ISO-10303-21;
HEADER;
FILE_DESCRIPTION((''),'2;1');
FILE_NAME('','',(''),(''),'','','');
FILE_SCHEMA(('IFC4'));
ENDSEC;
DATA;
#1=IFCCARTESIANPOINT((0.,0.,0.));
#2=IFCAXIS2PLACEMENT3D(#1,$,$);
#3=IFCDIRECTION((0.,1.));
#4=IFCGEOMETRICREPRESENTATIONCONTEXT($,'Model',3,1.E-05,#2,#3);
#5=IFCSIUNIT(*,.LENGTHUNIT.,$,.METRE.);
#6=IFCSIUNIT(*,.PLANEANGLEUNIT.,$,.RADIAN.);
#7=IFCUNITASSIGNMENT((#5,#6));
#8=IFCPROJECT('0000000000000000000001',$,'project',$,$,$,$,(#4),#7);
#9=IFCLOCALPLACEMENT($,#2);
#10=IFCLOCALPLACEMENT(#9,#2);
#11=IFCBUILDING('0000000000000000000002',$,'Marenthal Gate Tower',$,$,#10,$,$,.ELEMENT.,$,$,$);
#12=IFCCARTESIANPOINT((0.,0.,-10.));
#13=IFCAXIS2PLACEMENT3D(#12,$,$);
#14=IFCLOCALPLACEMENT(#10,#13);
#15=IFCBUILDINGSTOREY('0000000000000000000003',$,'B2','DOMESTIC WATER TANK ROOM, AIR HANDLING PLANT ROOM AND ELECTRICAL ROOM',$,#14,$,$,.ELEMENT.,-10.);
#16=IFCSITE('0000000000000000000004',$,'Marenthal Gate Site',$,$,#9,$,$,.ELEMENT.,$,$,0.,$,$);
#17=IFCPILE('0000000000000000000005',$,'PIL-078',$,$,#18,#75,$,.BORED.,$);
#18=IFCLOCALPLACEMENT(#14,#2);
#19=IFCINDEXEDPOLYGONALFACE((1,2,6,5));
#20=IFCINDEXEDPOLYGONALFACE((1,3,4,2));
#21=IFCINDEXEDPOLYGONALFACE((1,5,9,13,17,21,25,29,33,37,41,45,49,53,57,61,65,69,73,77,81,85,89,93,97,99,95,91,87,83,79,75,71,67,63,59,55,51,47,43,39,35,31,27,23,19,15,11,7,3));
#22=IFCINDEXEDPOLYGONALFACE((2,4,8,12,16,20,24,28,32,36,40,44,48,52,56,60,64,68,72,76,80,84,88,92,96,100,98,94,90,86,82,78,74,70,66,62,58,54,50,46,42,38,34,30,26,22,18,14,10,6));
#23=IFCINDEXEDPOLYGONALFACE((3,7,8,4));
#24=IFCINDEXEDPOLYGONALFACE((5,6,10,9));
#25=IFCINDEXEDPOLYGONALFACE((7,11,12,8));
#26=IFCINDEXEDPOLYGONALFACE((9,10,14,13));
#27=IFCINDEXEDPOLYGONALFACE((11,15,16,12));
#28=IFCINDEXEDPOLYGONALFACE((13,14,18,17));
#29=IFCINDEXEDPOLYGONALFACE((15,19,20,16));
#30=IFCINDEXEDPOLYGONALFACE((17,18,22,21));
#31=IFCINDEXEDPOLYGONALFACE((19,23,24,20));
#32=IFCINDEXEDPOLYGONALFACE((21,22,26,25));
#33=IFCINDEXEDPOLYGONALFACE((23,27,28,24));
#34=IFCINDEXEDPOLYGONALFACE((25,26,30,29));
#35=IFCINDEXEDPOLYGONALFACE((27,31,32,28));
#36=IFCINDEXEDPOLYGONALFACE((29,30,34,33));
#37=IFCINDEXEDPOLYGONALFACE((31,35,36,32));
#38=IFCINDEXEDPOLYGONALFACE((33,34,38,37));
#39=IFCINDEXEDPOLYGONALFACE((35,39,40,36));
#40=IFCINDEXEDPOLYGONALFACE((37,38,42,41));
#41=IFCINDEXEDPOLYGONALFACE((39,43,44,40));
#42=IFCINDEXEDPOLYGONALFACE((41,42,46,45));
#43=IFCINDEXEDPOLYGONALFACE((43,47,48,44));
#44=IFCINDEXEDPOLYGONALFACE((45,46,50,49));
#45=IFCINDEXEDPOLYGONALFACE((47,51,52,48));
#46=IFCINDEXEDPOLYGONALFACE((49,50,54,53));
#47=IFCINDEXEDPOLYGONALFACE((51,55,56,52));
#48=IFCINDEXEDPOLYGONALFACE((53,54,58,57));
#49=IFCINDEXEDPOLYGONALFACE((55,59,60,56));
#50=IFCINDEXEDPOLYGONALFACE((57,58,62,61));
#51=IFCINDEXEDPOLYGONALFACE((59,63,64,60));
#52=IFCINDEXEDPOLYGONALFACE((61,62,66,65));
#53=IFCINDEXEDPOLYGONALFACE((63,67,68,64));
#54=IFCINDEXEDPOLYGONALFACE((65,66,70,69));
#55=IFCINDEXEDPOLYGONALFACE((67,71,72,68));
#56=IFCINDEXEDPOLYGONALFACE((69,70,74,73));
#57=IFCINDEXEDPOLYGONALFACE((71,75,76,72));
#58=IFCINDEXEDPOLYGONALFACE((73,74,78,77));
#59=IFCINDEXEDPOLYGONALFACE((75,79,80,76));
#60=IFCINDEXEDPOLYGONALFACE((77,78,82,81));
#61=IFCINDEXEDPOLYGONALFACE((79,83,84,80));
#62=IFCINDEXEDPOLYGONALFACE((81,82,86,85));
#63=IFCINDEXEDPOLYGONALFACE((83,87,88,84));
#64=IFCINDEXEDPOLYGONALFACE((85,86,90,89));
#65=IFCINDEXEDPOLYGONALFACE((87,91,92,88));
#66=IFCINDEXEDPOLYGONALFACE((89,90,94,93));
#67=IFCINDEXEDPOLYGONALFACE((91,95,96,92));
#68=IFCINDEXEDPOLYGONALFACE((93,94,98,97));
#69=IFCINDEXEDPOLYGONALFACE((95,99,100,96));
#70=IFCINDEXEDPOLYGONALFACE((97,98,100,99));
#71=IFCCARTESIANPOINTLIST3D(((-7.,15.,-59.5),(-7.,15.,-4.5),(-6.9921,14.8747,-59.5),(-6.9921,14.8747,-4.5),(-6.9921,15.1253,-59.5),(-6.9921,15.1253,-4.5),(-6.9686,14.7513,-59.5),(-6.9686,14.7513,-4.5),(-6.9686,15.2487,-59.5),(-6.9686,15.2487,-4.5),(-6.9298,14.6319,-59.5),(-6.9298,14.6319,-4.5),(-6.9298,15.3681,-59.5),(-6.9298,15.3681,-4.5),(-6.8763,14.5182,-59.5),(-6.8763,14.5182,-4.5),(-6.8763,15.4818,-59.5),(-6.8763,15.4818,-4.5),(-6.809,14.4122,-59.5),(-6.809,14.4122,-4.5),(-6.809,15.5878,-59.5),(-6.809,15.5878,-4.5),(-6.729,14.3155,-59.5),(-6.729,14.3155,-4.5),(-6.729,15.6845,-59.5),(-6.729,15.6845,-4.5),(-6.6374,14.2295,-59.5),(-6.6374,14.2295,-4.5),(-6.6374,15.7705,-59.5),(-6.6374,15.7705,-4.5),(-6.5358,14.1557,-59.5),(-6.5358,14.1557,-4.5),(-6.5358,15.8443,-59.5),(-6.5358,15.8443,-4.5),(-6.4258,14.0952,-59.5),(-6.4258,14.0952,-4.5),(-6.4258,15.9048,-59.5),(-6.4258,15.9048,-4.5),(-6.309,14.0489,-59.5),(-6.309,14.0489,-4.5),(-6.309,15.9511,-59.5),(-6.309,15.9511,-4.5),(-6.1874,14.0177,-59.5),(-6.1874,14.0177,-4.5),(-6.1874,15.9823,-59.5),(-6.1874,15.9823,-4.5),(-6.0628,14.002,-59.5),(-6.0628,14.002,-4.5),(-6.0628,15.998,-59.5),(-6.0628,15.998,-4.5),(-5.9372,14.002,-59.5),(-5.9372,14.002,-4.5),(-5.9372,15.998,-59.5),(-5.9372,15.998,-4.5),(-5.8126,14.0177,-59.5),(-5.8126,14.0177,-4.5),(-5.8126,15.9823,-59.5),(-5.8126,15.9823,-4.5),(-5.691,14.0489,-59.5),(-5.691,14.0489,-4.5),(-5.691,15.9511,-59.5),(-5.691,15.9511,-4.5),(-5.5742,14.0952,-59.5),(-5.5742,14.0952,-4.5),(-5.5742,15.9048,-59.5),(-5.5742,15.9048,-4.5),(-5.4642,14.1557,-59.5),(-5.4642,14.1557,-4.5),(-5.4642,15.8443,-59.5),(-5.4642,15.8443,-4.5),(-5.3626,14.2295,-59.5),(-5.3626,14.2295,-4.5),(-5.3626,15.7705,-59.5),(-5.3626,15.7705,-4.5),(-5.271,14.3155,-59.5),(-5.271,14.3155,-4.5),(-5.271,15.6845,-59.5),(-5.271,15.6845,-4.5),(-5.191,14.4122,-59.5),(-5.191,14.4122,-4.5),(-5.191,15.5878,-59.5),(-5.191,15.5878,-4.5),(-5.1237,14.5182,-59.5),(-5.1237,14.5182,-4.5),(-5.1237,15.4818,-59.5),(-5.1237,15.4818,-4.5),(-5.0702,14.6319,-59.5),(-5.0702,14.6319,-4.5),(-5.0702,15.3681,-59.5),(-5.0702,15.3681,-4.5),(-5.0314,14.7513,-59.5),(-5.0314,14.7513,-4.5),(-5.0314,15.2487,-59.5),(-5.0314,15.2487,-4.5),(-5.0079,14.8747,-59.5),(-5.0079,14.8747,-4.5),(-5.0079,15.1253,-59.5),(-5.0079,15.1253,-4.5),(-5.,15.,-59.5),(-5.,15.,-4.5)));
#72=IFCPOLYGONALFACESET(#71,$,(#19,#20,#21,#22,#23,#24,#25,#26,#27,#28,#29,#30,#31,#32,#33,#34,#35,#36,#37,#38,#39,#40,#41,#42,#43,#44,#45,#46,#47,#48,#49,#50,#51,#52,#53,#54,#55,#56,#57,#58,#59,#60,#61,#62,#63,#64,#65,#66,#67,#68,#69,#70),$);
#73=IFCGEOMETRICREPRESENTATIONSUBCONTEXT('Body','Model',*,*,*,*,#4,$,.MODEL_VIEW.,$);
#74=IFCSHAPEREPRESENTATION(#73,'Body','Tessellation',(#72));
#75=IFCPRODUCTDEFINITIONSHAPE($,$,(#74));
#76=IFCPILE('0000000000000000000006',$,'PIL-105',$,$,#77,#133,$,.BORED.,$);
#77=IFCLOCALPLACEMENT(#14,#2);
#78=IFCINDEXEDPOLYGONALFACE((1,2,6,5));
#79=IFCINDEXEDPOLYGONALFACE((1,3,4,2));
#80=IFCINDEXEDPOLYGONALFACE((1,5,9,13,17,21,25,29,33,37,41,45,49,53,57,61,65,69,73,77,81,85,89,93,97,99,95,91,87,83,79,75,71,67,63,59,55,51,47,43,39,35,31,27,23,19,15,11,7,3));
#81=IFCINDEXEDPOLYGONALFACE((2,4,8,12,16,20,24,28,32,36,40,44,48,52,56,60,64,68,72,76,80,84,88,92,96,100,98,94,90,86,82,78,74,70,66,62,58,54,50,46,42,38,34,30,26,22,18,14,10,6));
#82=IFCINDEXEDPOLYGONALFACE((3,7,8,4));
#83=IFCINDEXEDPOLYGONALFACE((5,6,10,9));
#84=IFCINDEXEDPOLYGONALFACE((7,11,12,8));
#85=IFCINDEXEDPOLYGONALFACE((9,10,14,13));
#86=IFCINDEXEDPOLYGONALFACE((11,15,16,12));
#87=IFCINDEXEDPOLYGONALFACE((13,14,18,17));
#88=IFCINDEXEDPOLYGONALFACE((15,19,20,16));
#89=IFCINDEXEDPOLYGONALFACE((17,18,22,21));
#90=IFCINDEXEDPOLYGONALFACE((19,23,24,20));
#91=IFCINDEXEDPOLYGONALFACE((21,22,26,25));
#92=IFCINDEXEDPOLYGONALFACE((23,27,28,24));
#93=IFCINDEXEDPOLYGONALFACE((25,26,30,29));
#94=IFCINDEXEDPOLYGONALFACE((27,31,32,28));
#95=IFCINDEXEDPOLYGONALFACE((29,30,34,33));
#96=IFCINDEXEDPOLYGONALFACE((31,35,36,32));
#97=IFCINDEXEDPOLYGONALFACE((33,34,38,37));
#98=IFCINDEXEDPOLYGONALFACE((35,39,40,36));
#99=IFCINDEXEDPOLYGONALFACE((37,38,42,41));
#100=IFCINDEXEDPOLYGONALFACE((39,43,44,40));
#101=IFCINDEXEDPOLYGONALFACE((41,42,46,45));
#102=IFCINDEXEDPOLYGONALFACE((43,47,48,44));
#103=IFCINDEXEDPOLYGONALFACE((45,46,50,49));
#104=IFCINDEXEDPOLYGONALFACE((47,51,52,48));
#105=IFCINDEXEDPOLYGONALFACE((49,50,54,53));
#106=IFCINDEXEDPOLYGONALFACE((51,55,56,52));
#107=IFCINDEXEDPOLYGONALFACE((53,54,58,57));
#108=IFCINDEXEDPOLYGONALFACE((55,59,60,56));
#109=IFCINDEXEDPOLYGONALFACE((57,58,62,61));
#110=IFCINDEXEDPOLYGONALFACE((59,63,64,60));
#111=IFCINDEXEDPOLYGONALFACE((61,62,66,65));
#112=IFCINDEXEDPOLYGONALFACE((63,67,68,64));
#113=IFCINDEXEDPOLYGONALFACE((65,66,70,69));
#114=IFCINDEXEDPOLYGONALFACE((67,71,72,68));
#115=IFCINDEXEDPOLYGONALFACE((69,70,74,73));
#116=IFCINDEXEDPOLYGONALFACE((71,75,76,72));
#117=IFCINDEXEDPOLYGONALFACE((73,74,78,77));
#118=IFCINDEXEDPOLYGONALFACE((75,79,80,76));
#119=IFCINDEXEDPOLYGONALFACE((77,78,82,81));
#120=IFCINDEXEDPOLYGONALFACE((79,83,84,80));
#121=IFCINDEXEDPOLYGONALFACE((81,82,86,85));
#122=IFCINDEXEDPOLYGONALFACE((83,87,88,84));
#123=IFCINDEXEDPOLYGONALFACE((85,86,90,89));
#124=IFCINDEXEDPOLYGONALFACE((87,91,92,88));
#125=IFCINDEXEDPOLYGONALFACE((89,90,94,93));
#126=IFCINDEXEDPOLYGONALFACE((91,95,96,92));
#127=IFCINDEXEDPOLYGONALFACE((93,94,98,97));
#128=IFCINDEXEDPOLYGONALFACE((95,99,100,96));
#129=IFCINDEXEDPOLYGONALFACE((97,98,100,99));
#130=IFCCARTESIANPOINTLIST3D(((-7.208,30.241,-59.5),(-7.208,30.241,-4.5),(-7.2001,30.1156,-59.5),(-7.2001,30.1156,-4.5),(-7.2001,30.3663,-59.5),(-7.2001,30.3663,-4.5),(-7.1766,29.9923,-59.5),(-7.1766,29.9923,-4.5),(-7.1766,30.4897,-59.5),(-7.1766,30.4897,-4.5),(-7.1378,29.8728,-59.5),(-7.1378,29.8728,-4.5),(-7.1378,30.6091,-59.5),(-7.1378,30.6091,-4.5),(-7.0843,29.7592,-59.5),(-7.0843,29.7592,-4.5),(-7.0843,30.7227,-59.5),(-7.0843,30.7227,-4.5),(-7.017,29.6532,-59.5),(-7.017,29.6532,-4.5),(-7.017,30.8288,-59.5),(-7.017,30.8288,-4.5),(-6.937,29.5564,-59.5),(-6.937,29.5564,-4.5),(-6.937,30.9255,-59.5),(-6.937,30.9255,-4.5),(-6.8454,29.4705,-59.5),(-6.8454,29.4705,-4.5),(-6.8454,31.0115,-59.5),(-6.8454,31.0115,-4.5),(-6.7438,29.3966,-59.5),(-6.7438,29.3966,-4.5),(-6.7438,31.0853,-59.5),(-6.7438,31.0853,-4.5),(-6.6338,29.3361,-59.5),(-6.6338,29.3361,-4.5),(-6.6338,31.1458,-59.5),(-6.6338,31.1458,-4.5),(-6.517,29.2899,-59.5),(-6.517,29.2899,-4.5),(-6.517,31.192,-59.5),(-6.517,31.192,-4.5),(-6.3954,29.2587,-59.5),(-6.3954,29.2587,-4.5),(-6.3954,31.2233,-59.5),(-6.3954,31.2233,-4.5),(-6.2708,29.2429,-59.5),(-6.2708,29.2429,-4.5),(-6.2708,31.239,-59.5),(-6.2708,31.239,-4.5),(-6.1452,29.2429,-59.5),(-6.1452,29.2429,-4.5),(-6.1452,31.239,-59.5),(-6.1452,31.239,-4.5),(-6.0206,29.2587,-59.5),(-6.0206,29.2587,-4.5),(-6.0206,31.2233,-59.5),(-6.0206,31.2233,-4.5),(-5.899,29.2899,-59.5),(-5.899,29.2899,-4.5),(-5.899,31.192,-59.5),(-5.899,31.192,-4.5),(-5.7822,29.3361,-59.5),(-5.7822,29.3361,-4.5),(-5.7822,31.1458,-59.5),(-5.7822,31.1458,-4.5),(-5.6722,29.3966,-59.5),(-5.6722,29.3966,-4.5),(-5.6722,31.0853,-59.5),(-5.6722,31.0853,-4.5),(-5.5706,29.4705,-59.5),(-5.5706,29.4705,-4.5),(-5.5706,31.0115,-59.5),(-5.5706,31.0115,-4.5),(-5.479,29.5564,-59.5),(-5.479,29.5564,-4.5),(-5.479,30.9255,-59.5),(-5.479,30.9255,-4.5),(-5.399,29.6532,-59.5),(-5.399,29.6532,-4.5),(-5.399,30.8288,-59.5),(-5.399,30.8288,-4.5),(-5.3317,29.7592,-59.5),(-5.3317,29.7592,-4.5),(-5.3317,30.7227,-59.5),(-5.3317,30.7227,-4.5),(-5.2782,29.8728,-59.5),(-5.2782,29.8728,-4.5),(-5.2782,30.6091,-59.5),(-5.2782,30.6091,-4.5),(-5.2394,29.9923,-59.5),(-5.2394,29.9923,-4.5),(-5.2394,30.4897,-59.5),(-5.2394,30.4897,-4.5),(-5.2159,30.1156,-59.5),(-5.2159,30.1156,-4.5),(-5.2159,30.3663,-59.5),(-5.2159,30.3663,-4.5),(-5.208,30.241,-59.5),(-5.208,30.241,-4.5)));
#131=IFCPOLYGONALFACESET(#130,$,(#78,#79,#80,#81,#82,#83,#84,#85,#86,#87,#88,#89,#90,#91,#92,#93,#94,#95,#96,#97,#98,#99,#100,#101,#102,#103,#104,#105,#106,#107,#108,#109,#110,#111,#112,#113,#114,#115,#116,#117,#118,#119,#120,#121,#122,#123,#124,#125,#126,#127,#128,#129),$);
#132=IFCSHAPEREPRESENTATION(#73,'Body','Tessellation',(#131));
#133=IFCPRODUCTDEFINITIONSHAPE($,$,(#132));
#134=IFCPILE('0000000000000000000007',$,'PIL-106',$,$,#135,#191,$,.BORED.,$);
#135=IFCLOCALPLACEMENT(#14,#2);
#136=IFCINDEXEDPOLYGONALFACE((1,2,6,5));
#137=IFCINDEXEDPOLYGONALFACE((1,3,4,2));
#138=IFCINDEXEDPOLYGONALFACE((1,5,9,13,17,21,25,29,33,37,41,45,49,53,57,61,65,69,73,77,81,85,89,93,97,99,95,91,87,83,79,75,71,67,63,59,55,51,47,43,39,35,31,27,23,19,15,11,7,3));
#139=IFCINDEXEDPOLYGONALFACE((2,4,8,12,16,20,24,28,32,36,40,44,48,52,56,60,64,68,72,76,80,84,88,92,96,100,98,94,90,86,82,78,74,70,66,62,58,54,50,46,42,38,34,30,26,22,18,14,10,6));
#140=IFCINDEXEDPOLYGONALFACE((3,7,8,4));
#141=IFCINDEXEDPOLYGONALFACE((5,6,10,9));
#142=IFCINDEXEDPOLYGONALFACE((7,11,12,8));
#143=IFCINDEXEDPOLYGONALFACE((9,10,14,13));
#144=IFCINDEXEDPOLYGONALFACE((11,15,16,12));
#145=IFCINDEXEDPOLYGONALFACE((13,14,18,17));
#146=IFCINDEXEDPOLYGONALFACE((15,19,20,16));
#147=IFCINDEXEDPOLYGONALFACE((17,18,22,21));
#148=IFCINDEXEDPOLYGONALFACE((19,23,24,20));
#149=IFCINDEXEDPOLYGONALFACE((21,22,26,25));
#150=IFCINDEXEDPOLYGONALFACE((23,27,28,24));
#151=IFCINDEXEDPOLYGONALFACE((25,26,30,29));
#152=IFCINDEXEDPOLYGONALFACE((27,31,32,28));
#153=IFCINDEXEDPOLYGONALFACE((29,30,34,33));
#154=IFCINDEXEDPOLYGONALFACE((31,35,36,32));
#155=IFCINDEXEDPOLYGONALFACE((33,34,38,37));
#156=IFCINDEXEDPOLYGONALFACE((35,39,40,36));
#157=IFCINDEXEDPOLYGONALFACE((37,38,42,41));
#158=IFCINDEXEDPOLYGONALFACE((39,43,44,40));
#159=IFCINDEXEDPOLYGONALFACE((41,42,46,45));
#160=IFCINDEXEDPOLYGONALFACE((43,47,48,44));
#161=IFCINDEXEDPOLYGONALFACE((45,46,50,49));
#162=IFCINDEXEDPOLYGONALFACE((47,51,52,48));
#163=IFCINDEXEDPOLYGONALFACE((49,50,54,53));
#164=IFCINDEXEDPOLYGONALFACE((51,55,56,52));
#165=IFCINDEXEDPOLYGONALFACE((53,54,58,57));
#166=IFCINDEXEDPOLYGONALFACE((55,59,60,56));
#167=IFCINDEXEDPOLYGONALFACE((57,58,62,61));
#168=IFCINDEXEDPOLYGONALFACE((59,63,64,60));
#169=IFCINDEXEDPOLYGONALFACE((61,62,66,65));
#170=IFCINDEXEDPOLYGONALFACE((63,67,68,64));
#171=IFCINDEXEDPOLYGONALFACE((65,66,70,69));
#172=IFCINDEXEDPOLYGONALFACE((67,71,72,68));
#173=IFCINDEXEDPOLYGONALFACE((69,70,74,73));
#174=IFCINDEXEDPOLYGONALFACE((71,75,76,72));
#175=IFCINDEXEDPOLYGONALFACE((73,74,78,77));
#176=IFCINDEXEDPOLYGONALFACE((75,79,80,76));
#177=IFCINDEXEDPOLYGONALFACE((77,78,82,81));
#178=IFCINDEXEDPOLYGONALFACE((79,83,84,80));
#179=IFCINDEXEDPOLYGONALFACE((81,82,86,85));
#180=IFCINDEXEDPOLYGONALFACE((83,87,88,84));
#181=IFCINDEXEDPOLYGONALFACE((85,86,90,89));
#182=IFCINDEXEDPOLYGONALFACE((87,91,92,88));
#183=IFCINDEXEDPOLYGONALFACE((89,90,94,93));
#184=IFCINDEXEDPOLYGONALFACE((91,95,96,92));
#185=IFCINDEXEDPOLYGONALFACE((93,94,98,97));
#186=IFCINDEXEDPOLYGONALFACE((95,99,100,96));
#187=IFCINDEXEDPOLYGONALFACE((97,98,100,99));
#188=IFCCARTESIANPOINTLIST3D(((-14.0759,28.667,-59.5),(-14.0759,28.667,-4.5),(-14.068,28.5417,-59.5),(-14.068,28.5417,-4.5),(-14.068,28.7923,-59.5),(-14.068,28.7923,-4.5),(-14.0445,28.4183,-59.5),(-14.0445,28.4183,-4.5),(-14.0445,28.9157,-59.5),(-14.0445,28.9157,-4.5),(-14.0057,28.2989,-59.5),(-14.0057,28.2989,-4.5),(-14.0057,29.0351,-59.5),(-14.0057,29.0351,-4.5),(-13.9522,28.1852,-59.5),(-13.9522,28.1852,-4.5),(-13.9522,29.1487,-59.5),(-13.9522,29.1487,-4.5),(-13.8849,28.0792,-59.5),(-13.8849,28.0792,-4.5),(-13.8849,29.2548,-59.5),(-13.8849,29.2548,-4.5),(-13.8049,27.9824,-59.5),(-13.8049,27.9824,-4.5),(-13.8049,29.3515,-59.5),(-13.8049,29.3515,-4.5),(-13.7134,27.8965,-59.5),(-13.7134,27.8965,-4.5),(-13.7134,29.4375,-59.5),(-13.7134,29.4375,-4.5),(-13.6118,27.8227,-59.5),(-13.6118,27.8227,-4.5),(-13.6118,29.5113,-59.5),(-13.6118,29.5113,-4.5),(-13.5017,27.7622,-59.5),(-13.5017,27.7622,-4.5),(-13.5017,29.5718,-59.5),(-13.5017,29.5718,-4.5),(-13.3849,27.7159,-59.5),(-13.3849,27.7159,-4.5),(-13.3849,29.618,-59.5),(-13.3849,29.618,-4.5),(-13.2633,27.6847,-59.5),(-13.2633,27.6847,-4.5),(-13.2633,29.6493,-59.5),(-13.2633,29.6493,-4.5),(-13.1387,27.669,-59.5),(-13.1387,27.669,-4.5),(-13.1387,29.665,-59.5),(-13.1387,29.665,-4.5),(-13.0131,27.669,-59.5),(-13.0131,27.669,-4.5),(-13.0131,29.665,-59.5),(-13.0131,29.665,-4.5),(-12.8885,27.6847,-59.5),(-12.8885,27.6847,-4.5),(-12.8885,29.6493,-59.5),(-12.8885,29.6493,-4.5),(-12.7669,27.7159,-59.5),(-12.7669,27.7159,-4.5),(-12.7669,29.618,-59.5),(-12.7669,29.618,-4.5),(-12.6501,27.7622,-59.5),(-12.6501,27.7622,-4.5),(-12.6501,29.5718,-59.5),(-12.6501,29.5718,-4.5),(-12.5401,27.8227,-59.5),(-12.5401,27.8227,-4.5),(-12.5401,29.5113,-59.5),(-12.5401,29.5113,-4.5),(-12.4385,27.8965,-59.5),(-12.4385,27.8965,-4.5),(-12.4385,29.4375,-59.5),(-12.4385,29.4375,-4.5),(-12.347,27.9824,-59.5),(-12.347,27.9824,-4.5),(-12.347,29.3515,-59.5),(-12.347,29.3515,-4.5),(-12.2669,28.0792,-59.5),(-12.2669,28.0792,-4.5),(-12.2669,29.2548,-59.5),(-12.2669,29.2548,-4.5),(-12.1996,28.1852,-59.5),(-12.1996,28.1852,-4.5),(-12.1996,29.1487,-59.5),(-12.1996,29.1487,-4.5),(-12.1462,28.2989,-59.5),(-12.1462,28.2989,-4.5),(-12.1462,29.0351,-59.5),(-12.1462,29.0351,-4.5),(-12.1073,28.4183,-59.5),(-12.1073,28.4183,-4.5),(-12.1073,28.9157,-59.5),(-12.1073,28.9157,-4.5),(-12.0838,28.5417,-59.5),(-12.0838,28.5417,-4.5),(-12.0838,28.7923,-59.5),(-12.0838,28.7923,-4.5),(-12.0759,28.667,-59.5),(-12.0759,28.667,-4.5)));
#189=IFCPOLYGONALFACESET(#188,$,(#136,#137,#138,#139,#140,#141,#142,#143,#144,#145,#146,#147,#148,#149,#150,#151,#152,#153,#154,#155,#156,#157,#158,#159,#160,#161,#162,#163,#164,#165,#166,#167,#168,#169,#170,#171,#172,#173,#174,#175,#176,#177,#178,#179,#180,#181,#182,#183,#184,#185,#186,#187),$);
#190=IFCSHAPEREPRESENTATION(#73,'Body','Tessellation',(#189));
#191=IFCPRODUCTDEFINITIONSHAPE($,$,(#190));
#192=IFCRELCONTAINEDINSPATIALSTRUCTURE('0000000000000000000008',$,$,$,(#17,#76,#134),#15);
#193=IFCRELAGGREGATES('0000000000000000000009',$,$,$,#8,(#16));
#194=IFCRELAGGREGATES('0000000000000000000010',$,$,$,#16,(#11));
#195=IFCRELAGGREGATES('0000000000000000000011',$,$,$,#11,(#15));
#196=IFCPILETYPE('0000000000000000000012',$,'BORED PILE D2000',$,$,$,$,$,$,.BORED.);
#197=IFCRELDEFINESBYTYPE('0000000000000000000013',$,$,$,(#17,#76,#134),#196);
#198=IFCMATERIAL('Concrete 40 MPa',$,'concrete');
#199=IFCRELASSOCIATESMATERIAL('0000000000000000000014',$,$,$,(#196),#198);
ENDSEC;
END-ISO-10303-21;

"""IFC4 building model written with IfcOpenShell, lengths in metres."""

from ifc_helpers import new_model, si_unit, direction, frame, origin, origin_2d, place, context, subcontext, project, spatial, circle, extrude, material, type_object, element, save


model = new_model("IFC4")

# Units and contexts
model_context = context("Model", 3, precision=1e-05, world=origin(), true_north=direction((0.0, 1.0)))
body_context = subcontext(model_context, "Body", "Model", "MODEL_VIEW")
ifc_project = project(units=[si_unit("LENGTHUNIT", "METRE"), si_unit("PLANEANGLEUNIT", "RADIAN")], contexts=[model_context])

# Site, building, storey
site_placement = place(None, origin())
site = spatial("IfcSite", under=ifc_project, at=site_placement, Name="Marenthal Gate Site", CompositionType="ELEMENT", RefElevation=0.0)
building_placement = place(site_placement, origin())
building = spatial("IfcBuilding", under=site, at=building_placement, Name="Marenthal Gate Tower", CompositionType="ELEMENT")
storey_placement = place(building_placement, frame((0.0, 0.0, -10.0)))
storey = spatial("IfcBuildingStorey", under=building, at=storey_placement, Name="B2", Description="DOMESTIC WATER TANK ROOM, AIR HANDLING PLANT ROOM AND ELECTRICAL ROOM", CompositionType="ELEMENT", Elevation=-10.0)

# Piles
ifc_material_1 = material(Name="Concrete 40 MPa", Category="concrete")
pile_type = type_object("IfcPileType", Name="BORED PILE D2000", PredefinedType="BORED", material=ifc_material_1)
for number, where, z_axis, x_axis, name in (
    (1, (-6.0, 15.0, -4.5), (0.0, 0.0, -1.0), (1.0, 0.0, 0.0), "PIL-078"),
    (2, (-6.208, 30.241, -4.5), (0.0, 0.0, -1.0), (1.0, 0.0, 0.0), "PIL-105"),
    (3, (-13.0759, 28.667, -4.5), (0.0, 0.0, -1.0), (1.0, 0.0, 0.0), "PIL-106"),
):
    element("IfcPile", number, at=place(storey_placement, frame(where, z_axis=z_axis, x_axis=x_axis)), inside=storey, type_object=pile_type, Name=name, PredefinedType="BORED", context=body_context, shape_type="SweptSolid", body=[
        extrude(circle(Radius=1.0, at=origin_2d()), origin(), (0.0, 0.0, 1.0), 55.0),
    ])

save(model, "model.ifc")
